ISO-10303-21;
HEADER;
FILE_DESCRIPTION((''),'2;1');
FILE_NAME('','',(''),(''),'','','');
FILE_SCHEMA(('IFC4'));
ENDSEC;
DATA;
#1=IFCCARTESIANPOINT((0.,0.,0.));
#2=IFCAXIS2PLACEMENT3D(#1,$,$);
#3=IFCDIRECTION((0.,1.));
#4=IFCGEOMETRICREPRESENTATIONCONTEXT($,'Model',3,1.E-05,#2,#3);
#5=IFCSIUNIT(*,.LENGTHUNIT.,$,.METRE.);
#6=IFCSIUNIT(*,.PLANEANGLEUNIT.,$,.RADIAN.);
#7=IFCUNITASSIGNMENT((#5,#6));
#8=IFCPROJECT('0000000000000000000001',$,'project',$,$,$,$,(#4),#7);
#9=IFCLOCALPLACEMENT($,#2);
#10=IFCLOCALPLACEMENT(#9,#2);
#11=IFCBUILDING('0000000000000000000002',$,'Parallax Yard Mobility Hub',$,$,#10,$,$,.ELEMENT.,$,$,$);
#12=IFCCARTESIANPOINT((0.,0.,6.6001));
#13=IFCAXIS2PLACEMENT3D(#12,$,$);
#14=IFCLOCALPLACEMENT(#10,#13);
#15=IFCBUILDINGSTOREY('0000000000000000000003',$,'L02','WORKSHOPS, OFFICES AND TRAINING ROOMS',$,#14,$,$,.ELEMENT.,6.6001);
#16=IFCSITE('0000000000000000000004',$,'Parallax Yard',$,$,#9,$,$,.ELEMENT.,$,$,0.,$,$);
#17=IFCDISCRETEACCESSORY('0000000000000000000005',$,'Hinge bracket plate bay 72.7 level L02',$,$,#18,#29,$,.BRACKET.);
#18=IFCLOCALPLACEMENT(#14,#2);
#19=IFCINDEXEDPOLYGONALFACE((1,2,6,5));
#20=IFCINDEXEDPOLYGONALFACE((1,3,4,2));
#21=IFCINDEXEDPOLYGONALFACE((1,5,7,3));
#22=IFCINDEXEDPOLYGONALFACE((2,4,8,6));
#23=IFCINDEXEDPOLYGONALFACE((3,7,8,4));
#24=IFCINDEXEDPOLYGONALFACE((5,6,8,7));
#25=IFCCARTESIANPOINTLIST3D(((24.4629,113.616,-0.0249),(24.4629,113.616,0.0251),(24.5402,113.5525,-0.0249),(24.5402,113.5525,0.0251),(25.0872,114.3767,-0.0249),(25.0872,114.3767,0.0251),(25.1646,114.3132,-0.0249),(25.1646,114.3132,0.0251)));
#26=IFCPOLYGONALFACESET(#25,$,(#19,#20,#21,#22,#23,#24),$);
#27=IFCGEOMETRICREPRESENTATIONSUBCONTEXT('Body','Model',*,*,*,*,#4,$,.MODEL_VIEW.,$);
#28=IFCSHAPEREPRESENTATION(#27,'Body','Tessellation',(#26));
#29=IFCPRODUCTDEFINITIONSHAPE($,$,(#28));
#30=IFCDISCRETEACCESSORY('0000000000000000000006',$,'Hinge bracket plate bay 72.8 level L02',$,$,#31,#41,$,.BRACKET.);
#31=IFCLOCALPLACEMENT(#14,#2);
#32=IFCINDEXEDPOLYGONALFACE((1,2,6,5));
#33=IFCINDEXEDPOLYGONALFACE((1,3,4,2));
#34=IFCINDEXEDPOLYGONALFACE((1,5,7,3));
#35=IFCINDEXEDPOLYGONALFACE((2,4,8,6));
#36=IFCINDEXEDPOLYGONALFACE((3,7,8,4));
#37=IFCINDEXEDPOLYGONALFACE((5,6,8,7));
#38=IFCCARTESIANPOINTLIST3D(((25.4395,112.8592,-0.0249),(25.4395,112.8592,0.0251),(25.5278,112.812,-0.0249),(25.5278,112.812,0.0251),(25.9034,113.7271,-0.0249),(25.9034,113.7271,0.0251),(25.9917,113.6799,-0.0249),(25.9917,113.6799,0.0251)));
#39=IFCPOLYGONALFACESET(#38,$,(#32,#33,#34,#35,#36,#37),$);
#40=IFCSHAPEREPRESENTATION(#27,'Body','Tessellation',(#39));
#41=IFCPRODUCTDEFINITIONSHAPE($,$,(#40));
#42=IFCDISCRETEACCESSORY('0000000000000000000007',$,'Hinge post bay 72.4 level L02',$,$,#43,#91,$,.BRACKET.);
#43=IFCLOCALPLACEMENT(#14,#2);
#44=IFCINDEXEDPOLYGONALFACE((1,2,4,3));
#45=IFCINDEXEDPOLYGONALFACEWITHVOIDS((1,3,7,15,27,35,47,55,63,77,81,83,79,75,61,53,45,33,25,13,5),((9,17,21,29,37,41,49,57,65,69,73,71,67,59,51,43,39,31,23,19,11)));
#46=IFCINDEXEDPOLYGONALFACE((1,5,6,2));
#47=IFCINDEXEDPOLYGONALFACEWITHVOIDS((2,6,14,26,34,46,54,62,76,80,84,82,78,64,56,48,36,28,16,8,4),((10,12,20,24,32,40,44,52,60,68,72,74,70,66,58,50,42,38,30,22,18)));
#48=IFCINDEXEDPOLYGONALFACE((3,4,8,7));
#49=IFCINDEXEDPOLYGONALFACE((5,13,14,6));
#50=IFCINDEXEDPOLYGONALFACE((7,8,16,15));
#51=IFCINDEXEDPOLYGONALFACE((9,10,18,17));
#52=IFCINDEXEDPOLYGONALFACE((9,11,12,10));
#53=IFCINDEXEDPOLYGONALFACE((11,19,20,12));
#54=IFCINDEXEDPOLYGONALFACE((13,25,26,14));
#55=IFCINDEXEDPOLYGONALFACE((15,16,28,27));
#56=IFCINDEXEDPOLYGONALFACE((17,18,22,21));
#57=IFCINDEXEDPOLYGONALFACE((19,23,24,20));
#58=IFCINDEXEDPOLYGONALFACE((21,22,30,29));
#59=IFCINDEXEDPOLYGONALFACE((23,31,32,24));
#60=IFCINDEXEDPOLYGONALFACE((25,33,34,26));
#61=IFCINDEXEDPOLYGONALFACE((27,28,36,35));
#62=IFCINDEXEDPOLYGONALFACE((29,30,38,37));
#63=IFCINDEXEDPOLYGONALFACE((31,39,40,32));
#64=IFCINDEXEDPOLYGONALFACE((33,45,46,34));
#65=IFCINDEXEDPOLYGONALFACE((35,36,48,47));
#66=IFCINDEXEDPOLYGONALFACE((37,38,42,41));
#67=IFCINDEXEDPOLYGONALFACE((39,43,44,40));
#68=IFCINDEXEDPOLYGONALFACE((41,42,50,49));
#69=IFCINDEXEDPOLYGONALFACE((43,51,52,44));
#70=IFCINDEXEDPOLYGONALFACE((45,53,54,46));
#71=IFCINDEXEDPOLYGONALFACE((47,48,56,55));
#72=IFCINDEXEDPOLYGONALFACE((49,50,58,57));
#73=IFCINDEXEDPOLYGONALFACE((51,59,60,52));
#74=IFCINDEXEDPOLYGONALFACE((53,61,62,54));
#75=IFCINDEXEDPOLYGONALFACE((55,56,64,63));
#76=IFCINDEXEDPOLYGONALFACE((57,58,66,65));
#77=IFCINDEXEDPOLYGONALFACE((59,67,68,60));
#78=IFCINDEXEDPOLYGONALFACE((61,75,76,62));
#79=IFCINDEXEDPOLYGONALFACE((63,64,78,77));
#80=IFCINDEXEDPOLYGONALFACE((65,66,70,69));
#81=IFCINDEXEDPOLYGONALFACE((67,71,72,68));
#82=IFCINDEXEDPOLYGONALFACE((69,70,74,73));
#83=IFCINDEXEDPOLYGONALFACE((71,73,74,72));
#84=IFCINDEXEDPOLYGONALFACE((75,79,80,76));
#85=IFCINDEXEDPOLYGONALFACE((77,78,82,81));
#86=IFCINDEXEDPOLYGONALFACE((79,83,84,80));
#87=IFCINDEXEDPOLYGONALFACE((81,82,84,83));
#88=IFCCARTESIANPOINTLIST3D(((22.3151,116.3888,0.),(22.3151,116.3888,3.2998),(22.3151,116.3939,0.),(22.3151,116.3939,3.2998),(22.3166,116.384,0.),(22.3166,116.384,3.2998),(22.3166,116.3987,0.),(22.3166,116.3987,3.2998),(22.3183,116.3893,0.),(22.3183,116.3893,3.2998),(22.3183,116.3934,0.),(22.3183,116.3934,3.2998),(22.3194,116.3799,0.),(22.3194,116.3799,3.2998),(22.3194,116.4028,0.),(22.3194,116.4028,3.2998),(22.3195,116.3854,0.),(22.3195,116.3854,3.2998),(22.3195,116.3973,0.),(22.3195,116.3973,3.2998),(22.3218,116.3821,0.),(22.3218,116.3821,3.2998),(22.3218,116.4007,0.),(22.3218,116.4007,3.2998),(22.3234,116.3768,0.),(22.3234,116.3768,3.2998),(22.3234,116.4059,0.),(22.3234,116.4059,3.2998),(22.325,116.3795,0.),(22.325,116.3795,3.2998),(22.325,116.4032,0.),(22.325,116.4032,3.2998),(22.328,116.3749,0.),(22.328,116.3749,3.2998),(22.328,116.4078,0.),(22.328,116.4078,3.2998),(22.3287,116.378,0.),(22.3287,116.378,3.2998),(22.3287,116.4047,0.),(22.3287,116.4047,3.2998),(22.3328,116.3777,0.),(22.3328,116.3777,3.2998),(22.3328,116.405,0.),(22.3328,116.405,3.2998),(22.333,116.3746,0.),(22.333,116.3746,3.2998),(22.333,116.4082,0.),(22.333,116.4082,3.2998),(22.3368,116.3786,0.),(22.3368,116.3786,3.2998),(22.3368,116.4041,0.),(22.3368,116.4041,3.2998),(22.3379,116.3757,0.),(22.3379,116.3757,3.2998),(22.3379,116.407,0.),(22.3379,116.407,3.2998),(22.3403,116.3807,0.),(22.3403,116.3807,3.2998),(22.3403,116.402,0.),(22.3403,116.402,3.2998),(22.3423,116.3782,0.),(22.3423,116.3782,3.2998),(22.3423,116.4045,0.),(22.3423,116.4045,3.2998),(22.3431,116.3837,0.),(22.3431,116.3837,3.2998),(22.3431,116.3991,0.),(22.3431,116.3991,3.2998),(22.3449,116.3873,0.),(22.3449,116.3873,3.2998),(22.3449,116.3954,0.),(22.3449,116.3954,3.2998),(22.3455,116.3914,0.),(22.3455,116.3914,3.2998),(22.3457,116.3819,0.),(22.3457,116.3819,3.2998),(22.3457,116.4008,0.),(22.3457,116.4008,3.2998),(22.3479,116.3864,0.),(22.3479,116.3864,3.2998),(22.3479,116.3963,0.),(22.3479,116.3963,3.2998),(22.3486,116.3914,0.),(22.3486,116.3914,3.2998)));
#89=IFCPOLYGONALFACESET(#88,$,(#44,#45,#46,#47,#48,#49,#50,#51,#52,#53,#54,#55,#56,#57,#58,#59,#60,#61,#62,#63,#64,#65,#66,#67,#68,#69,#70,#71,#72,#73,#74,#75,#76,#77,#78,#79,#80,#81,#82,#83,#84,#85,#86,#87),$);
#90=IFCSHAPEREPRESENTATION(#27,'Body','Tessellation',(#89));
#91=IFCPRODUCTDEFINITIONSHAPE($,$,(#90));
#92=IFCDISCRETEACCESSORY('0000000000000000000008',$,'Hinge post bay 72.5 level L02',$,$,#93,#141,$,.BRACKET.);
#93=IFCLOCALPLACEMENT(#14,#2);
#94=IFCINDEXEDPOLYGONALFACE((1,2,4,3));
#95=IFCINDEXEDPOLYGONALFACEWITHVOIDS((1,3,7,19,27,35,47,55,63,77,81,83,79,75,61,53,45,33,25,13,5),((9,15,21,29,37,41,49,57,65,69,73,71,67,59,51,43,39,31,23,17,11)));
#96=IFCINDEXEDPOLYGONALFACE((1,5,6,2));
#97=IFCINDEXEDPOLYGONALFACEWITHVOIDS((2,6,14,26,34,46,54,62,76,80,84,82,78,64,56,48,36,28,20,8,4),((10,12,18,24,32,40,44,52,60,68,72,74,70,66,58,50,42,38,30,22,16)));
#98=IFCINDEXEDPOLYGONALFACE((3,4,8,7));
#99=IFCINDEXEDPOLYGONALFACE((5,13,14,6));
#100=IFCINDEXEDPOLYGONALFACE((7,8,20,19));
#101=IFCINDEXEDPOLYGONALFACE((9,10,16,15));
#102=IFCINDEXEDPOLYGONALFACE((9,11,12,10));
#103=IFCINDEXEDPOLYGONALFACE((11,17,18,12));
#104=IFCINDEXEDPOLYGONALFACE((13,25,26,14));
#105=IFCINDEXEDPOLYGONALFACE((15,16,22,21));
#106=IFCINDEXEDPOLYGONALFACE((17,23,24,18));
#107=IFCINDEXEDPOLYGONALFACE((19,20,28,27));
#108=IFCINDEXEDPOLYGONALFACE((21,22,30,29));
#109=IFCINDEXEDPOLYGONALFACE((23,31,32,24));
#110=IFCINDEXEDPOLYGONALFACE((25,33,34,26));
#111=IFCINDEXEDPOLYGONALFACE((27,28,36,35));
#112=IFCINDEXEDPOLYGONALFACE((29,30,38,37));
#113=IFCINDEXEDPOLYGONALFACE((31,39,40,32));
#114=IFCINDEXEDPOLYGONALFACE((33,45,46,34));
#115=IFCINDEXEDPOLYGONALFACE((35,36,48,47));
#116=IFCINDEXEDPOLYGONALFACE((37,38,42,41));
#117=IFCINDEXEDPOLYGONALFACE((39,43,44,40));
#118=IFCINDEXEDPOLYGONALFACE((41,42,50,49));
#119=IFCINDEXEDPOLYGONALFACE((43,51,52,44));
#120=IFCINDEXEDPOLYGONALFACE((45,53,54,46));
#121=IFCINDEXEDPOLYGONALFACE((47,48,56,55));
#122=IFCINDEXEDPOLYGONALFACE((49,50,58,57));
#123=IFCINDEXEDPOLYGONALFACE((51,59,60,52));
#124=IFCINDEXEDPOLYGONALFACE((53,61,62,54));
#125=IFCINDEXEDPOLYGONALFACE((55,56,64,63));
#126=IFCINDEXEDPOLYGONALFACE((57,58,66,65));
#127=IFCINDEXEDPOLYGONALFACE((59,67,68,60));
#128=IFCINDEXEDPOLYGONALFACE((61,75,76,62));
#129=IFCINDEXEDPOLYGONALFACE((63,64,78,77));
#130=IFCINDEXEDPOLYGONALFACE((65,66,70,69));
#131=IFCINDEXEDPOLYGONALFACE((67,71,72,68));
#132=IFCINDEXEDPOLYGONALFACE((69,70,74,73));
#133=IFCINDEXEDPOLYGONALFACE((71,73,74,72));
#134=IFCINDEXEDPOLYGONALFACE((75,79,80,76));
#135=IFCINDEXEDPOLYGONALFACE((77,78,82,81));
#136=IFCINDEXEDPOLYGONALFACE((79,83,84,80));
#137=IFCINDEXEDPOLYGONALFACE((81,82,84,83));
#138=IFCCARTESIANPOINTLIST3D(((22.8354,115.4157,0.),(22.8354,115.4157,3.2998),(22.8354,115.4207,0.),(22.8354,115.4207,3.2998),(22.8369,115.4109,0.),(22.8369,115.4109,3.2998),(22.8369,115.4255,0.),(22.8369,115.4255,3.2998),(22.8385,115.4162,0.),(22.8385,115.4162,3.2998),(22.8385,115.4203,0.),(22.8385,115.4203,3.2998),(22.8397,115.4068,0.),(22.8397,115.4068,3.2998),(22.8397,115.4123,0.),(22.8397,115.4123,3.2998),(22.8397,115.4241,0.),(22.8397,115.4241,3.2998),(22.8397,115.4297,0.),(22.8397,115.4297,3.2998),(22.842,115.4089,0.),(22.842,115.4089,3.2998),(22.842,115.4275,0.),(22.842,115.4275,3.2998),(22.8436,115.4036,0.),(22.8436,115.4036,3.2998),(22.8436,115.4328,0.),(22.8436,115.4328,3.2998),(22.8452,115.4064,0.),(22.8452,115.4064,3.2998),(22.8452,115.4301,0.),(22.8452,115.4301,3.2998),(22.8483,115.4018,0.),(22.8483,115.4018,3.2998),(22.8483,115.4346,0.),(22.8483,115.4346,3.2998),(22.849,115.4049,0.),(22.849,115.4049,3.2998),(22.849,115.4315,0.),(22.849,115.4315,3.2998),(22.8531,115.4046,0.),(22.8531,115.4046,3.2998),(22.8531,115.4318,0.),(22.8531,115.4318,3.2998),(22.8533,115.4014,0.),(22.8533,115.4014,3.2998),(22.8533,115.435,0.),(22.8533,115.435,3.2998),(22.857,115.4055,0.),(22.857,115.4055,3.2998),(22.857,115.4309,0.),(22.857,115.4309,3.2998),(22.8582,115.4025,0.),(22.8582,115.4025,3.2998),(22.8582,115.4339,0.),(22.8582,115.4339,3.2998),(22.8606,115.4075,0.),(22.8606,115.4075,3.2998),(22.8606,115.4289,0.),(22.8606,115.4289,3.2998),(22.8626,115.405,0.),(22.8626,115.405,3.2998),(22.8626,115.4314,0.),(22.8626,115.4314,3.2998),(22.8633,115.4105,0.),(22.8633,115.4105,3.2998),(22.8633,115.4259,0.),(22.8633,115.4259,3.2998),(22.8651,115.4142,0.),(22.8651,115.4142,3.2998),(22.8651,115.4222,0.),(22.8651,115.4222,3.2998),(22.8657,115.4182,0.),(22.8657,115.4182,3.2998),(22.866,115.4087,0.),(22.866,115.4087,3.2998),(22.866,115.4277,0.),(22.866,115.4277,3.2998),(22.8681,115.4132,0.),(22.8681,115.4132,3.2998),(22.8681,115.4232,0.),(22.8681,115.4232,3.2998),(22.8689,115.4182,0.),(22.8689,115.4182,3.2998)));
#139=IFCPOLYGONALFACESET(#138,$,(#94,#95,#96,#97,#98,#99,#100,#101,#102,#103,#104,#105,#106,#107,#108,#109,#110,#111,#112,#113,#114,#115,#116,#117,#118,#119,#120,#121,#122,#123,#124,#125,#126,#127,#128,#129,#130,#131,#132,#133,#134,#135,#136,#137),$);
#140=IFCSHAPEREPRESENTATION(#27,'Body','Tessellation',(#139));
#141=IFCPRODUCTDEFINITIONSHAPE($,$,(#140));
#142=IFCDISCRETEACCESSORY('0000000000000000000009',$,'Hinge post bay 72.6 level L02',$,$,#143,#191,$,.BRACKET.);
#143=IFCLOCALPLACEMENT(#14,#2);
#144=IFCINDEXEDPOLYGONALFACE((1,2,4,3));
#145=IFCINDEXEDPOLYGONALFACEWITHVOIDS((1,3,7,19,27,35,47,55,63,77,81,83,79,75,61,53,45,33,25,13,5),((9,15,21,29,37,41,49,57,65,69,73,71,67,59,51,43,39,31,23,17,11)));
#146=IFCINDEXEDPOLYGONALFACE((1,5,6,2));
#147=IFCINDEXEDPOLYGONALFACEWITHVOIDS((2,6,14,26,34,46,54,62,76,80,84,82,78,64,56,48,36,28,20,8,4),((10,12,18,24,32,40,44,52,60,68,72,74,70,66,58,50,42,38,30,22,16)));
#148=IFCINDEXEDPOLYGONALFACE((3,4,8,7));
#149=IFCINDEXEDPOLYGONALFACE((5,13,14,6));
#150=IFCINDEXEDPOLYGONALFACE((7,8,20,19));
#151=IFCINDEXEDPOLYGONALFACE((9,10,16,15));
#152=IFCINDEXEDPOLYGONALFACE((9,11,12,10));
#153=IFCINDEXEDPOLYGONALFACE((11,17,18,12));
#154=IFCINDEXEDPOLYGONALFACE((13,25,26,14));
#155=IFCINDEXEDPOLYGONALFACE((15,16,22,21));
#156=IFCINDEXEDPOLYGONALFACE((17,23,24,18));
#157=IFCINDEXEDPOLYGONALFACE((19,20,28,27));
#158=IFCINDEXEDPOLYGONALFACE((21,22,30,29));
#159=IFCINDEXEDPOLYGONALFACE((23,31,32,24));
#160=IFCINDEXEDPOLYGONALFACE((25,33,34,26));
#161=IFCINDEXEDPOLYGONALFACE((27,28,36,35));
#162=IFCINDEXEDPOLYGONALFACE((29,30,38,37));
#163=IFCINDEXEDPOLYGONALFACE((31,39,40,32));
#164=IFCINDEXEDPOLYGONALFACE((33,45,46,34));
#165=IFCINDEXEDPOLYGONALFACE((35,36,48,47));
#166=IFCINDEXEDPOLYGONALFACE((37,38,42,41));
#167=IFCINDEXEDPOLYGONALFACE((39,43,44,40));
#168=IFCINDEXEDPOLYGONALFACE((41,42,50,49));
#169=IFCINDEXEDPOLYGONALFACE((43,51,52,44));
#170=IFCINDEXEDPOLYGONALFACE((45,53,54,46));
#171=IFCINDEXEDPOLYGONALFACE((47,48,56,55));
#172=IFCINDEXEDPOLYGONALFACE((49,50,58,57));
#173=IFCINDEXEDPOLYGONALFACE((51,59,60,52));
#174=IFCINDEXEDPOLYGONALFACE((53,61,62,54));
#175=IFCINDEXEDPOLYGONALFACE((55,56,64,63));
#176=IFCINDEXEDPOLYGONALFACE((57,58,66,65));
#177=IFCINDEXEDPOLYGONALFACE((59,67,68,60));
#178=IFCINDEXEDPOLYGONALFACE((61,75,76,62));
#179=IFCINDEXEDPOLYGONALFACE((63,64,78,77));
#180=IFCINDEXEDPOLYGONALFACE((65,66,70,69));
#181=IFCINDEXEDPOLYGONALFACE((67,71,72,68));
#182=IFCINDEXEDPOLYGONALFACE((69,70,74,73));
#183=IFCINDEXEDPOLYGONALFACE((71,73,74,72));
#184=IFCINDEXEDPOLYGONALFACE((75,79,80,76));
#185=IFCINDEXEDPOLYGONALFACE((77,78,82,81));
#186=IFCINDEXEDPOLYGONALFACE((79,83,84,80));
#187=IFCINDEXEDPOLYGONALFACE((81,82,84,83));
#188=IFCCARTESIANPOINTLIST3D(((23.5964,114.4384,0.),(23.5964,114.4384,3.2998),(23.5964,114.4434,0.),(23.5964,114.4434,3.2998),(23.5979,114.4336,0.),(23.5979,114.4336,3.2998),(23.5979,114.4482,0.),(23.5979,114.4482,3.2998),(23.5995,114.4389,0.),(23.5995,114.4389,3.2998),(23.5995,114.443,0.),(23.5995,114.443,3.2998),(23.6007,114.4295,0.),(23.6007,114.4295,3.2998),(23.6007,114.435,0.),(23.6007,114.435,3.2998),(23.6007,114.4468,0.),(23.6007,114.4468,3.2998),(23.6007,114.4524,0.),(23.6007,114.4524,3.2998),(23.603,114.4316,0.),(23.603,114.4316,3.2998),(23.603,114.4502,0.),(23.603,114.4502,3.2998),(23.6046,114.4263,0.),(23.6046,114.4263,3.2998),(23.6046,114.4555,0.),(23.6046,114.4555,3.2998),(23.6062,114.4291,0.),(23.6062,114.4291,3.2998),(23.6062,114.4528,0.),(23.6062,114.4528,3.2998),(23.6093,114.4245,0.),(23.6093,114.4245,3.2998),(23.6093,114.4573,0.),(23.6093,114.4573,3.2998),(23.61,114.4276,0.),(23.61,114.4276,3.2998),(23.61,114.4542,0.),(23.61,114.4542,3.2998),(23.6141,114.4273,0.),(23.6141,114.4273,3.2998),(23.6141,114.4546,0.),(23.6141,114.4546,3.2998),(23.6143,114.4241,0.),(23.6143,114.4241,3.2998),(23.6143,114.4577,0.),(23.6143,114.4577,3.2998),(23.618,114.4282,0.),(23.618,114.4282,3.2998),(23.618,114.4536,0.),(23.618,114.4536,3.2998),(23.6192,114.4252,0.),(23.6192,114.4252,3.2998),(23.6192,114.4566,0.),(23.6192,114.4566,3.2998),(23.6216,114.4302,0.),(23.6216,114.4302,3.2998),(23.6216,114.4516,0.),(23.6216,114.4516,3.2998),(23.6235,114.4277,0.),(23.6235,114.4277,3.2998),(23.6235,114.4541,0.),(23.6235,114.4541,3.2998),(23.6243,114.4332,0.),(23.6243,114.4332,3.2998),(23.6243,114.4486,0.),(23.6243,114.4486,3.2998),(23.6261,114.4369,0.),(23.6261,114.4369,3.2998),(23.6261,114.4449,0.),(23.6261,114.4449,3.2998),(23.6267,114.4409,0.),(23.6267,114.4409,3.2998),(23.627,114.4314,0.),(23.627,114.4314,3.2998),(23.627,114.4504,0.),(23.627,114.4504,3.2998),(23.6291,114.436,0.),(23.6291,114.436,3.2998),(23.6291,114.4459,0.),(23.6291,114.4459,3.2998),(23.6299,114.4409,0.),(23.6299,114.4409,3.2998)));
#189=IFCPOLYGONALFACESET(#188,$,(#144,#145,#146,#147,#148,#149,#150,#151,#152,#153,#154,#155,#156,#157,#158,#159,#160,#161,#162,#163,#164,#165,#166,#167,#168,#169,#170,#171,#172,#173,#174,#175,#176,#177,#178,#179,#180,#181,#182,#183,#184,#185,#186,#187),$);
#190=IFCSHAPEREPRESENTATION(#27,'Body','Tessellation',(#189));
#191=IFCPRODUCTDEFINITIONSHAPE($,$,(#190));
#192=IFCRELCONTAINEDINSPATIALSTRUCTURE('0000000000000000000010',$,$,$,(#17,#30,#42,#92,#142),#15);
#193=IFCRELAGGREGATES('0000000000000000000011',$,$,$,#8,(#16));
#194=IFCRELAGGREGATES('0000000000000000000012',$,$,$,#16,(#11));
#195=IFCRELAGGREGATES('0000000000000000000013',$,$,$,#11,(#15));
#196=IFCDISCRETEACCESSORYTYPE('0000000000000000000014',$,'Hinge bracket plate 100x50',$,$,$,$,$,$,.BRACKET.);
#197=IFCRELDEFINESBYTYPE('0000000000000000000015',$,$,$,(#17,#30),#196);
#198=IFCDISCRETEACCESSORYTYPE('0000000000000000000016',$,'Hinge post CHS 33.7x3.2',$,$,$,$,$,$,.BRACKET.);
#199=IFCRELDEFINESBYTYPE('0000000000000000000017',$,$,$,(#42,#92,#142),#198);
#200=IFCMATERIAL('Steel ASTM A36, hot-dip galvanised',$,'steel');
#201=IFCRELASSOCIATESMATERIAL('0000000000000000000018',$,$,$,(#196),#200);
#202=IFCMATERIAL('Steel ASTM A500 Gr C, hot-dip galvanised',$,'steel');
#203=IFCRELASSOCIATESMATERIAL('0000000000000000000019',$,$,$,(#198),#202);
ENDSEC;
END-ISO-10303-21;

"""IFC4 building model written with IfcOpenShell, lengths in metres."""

from ifc_helpers import new_model, si_unit, direction, frame, origin, origin_2d, place, context, subcontext, project, spatial, rectangle, hollow_circle, extrude, material, material_profile, profile_set, type_object, element, save


model = new_model("IFC4")

# Units and contexts
model_context = context("Model", 3, precision=1e-05, world=origin(), true_north=direction((0.0, 1.0)))
body_context = subcontext(model_context, "Body", "Model", "MODEL_VIEW")
ifc_project = project(units=[si_unit("LENGTHUNIT", "METRE"), si_unit("PLANEANGLEUNIT", "RADIAN")], contexts=[model_context])

# Site, building, storey
site_placement = place(None, origin())
site = spatial("IfcSite", under=ifc_project, at=site_placement, Name="Parallax Yard", CompositionType="ELEMENT", RefElevation=0.0)
building_placement = place(site_placement, origin())
building = spatial("IfcBuilding", under=site, at=building_placement, Name="Parallax Yard Mobility Hub", CompositionType="ELEMENT")
storey_placement = place(building_placement, frame((0.0, 0.0, 6.6001)))
storey = spatial("IfcBuildingStorey", under=building, at=storey_placement, Name="L02", Description="WORKSHOPS, OFFICES AND TRAINING ROOMS", CompositionType="ELEMENT", Elevation=6.6001)

# Discrete accessories
ifc_material_1 = material(Name="Steel ASTM A36, hot-dip galvanised", Category="steel")
discrete_accessory_type_1 = type_object("IfcDiscreteAccessoryType", Name="Hinge bracket plate 100x50", PredefinedType="BRACKET", material=ifc_material_1)
for number, where, z_axis, x_axis, name in (
    (1, (24.8137, 113.9646, -0.0249), (0.0, 0.0, 1.0), (-0.634393, -0.77301, 0.0), "Hinge bracket plate bay 72.7 level L02"),
    (2, (25.7156, 113.2695, -0.0249), (0.0, 0.0, 1.0), (-0.471397, -0.881921, 0.0), "Hinge bracket plate bay 72.8 level L02"),
):
    element("IfcDiscreteAccessory", number, at=place(storey_placement, frame(where, z_axis=z_axis, x_axis=x_axis)), inside=storey, type_object=discrete_accessory_type_1, Name=name, PredefinedType="BRACKET", context=body_context, shape_type="SweptSolid", body=[
        extrude(rectangle(XDim=0.9841, YDim=0.1001, at=origin_2d()), origin(), (0.0, 0.0, 1.0), 0.05),
    ])
ifc_material_2 = material(Name="Steel ASTM A500 Gr C, hot-dip galvanised", Category="steel")
ifc_material_profile_1 = material_profile(ifc_material_2, hollow_circle(Radius=0.0168, WallThickness=0.0032, at=origin_2d()), Name="CHS 33.7x3.2")
ifc_profile_set_1 = profile_set([ifc_material_profile_1], Name="Steel ASTM A500 Gr C, hot-dip galvanised")
discrete_accessory_type_2 = type_object("IfcDiscreteAccessoryType", Name="Hinge post CHS 33.7x3.2", PredefinedType="BRACKET", material=ifc_profile_set_1)
for number, where, z_axis, x_axis, name in (
    (3, (22.3318, 116.3914, 0.0), (0.0, 0.0, 1.0), (1.0, 0.0, 0.0), "Hinge post bay 72.4 level L02"),
    (4, (22.8521, 115.4182, 0.0), (0.0, 0.0, 1.0), (1.0, 0.0, 0.0), "Hinge post bay 72.5 level L02"),
    (5, (23.613, 114.4409, 0.0), (0.0, 0.0, 1.0), (1.0, 0.0, 0.0), "Hinge post bay 72.6 level L02"),
):
    element("IfcDiscreteAccessory", number, at=place(storey_placement, frame(where, z_axis=z_axis, x_axis=x_axis)), inside=storey, type_object=discrete_accessory_type_2, Name=name, PredefinedType="BRACKET", context=body_context, shape_type="SweptSolid", body=[
        extrude(hollow_circle(Radius=0.0168, WallThickness=0.0032, at=origin_2d()), origin(), (0.0, 0.0, 1.0), 3.2998),
    ])

save(model, "model.ifc")
